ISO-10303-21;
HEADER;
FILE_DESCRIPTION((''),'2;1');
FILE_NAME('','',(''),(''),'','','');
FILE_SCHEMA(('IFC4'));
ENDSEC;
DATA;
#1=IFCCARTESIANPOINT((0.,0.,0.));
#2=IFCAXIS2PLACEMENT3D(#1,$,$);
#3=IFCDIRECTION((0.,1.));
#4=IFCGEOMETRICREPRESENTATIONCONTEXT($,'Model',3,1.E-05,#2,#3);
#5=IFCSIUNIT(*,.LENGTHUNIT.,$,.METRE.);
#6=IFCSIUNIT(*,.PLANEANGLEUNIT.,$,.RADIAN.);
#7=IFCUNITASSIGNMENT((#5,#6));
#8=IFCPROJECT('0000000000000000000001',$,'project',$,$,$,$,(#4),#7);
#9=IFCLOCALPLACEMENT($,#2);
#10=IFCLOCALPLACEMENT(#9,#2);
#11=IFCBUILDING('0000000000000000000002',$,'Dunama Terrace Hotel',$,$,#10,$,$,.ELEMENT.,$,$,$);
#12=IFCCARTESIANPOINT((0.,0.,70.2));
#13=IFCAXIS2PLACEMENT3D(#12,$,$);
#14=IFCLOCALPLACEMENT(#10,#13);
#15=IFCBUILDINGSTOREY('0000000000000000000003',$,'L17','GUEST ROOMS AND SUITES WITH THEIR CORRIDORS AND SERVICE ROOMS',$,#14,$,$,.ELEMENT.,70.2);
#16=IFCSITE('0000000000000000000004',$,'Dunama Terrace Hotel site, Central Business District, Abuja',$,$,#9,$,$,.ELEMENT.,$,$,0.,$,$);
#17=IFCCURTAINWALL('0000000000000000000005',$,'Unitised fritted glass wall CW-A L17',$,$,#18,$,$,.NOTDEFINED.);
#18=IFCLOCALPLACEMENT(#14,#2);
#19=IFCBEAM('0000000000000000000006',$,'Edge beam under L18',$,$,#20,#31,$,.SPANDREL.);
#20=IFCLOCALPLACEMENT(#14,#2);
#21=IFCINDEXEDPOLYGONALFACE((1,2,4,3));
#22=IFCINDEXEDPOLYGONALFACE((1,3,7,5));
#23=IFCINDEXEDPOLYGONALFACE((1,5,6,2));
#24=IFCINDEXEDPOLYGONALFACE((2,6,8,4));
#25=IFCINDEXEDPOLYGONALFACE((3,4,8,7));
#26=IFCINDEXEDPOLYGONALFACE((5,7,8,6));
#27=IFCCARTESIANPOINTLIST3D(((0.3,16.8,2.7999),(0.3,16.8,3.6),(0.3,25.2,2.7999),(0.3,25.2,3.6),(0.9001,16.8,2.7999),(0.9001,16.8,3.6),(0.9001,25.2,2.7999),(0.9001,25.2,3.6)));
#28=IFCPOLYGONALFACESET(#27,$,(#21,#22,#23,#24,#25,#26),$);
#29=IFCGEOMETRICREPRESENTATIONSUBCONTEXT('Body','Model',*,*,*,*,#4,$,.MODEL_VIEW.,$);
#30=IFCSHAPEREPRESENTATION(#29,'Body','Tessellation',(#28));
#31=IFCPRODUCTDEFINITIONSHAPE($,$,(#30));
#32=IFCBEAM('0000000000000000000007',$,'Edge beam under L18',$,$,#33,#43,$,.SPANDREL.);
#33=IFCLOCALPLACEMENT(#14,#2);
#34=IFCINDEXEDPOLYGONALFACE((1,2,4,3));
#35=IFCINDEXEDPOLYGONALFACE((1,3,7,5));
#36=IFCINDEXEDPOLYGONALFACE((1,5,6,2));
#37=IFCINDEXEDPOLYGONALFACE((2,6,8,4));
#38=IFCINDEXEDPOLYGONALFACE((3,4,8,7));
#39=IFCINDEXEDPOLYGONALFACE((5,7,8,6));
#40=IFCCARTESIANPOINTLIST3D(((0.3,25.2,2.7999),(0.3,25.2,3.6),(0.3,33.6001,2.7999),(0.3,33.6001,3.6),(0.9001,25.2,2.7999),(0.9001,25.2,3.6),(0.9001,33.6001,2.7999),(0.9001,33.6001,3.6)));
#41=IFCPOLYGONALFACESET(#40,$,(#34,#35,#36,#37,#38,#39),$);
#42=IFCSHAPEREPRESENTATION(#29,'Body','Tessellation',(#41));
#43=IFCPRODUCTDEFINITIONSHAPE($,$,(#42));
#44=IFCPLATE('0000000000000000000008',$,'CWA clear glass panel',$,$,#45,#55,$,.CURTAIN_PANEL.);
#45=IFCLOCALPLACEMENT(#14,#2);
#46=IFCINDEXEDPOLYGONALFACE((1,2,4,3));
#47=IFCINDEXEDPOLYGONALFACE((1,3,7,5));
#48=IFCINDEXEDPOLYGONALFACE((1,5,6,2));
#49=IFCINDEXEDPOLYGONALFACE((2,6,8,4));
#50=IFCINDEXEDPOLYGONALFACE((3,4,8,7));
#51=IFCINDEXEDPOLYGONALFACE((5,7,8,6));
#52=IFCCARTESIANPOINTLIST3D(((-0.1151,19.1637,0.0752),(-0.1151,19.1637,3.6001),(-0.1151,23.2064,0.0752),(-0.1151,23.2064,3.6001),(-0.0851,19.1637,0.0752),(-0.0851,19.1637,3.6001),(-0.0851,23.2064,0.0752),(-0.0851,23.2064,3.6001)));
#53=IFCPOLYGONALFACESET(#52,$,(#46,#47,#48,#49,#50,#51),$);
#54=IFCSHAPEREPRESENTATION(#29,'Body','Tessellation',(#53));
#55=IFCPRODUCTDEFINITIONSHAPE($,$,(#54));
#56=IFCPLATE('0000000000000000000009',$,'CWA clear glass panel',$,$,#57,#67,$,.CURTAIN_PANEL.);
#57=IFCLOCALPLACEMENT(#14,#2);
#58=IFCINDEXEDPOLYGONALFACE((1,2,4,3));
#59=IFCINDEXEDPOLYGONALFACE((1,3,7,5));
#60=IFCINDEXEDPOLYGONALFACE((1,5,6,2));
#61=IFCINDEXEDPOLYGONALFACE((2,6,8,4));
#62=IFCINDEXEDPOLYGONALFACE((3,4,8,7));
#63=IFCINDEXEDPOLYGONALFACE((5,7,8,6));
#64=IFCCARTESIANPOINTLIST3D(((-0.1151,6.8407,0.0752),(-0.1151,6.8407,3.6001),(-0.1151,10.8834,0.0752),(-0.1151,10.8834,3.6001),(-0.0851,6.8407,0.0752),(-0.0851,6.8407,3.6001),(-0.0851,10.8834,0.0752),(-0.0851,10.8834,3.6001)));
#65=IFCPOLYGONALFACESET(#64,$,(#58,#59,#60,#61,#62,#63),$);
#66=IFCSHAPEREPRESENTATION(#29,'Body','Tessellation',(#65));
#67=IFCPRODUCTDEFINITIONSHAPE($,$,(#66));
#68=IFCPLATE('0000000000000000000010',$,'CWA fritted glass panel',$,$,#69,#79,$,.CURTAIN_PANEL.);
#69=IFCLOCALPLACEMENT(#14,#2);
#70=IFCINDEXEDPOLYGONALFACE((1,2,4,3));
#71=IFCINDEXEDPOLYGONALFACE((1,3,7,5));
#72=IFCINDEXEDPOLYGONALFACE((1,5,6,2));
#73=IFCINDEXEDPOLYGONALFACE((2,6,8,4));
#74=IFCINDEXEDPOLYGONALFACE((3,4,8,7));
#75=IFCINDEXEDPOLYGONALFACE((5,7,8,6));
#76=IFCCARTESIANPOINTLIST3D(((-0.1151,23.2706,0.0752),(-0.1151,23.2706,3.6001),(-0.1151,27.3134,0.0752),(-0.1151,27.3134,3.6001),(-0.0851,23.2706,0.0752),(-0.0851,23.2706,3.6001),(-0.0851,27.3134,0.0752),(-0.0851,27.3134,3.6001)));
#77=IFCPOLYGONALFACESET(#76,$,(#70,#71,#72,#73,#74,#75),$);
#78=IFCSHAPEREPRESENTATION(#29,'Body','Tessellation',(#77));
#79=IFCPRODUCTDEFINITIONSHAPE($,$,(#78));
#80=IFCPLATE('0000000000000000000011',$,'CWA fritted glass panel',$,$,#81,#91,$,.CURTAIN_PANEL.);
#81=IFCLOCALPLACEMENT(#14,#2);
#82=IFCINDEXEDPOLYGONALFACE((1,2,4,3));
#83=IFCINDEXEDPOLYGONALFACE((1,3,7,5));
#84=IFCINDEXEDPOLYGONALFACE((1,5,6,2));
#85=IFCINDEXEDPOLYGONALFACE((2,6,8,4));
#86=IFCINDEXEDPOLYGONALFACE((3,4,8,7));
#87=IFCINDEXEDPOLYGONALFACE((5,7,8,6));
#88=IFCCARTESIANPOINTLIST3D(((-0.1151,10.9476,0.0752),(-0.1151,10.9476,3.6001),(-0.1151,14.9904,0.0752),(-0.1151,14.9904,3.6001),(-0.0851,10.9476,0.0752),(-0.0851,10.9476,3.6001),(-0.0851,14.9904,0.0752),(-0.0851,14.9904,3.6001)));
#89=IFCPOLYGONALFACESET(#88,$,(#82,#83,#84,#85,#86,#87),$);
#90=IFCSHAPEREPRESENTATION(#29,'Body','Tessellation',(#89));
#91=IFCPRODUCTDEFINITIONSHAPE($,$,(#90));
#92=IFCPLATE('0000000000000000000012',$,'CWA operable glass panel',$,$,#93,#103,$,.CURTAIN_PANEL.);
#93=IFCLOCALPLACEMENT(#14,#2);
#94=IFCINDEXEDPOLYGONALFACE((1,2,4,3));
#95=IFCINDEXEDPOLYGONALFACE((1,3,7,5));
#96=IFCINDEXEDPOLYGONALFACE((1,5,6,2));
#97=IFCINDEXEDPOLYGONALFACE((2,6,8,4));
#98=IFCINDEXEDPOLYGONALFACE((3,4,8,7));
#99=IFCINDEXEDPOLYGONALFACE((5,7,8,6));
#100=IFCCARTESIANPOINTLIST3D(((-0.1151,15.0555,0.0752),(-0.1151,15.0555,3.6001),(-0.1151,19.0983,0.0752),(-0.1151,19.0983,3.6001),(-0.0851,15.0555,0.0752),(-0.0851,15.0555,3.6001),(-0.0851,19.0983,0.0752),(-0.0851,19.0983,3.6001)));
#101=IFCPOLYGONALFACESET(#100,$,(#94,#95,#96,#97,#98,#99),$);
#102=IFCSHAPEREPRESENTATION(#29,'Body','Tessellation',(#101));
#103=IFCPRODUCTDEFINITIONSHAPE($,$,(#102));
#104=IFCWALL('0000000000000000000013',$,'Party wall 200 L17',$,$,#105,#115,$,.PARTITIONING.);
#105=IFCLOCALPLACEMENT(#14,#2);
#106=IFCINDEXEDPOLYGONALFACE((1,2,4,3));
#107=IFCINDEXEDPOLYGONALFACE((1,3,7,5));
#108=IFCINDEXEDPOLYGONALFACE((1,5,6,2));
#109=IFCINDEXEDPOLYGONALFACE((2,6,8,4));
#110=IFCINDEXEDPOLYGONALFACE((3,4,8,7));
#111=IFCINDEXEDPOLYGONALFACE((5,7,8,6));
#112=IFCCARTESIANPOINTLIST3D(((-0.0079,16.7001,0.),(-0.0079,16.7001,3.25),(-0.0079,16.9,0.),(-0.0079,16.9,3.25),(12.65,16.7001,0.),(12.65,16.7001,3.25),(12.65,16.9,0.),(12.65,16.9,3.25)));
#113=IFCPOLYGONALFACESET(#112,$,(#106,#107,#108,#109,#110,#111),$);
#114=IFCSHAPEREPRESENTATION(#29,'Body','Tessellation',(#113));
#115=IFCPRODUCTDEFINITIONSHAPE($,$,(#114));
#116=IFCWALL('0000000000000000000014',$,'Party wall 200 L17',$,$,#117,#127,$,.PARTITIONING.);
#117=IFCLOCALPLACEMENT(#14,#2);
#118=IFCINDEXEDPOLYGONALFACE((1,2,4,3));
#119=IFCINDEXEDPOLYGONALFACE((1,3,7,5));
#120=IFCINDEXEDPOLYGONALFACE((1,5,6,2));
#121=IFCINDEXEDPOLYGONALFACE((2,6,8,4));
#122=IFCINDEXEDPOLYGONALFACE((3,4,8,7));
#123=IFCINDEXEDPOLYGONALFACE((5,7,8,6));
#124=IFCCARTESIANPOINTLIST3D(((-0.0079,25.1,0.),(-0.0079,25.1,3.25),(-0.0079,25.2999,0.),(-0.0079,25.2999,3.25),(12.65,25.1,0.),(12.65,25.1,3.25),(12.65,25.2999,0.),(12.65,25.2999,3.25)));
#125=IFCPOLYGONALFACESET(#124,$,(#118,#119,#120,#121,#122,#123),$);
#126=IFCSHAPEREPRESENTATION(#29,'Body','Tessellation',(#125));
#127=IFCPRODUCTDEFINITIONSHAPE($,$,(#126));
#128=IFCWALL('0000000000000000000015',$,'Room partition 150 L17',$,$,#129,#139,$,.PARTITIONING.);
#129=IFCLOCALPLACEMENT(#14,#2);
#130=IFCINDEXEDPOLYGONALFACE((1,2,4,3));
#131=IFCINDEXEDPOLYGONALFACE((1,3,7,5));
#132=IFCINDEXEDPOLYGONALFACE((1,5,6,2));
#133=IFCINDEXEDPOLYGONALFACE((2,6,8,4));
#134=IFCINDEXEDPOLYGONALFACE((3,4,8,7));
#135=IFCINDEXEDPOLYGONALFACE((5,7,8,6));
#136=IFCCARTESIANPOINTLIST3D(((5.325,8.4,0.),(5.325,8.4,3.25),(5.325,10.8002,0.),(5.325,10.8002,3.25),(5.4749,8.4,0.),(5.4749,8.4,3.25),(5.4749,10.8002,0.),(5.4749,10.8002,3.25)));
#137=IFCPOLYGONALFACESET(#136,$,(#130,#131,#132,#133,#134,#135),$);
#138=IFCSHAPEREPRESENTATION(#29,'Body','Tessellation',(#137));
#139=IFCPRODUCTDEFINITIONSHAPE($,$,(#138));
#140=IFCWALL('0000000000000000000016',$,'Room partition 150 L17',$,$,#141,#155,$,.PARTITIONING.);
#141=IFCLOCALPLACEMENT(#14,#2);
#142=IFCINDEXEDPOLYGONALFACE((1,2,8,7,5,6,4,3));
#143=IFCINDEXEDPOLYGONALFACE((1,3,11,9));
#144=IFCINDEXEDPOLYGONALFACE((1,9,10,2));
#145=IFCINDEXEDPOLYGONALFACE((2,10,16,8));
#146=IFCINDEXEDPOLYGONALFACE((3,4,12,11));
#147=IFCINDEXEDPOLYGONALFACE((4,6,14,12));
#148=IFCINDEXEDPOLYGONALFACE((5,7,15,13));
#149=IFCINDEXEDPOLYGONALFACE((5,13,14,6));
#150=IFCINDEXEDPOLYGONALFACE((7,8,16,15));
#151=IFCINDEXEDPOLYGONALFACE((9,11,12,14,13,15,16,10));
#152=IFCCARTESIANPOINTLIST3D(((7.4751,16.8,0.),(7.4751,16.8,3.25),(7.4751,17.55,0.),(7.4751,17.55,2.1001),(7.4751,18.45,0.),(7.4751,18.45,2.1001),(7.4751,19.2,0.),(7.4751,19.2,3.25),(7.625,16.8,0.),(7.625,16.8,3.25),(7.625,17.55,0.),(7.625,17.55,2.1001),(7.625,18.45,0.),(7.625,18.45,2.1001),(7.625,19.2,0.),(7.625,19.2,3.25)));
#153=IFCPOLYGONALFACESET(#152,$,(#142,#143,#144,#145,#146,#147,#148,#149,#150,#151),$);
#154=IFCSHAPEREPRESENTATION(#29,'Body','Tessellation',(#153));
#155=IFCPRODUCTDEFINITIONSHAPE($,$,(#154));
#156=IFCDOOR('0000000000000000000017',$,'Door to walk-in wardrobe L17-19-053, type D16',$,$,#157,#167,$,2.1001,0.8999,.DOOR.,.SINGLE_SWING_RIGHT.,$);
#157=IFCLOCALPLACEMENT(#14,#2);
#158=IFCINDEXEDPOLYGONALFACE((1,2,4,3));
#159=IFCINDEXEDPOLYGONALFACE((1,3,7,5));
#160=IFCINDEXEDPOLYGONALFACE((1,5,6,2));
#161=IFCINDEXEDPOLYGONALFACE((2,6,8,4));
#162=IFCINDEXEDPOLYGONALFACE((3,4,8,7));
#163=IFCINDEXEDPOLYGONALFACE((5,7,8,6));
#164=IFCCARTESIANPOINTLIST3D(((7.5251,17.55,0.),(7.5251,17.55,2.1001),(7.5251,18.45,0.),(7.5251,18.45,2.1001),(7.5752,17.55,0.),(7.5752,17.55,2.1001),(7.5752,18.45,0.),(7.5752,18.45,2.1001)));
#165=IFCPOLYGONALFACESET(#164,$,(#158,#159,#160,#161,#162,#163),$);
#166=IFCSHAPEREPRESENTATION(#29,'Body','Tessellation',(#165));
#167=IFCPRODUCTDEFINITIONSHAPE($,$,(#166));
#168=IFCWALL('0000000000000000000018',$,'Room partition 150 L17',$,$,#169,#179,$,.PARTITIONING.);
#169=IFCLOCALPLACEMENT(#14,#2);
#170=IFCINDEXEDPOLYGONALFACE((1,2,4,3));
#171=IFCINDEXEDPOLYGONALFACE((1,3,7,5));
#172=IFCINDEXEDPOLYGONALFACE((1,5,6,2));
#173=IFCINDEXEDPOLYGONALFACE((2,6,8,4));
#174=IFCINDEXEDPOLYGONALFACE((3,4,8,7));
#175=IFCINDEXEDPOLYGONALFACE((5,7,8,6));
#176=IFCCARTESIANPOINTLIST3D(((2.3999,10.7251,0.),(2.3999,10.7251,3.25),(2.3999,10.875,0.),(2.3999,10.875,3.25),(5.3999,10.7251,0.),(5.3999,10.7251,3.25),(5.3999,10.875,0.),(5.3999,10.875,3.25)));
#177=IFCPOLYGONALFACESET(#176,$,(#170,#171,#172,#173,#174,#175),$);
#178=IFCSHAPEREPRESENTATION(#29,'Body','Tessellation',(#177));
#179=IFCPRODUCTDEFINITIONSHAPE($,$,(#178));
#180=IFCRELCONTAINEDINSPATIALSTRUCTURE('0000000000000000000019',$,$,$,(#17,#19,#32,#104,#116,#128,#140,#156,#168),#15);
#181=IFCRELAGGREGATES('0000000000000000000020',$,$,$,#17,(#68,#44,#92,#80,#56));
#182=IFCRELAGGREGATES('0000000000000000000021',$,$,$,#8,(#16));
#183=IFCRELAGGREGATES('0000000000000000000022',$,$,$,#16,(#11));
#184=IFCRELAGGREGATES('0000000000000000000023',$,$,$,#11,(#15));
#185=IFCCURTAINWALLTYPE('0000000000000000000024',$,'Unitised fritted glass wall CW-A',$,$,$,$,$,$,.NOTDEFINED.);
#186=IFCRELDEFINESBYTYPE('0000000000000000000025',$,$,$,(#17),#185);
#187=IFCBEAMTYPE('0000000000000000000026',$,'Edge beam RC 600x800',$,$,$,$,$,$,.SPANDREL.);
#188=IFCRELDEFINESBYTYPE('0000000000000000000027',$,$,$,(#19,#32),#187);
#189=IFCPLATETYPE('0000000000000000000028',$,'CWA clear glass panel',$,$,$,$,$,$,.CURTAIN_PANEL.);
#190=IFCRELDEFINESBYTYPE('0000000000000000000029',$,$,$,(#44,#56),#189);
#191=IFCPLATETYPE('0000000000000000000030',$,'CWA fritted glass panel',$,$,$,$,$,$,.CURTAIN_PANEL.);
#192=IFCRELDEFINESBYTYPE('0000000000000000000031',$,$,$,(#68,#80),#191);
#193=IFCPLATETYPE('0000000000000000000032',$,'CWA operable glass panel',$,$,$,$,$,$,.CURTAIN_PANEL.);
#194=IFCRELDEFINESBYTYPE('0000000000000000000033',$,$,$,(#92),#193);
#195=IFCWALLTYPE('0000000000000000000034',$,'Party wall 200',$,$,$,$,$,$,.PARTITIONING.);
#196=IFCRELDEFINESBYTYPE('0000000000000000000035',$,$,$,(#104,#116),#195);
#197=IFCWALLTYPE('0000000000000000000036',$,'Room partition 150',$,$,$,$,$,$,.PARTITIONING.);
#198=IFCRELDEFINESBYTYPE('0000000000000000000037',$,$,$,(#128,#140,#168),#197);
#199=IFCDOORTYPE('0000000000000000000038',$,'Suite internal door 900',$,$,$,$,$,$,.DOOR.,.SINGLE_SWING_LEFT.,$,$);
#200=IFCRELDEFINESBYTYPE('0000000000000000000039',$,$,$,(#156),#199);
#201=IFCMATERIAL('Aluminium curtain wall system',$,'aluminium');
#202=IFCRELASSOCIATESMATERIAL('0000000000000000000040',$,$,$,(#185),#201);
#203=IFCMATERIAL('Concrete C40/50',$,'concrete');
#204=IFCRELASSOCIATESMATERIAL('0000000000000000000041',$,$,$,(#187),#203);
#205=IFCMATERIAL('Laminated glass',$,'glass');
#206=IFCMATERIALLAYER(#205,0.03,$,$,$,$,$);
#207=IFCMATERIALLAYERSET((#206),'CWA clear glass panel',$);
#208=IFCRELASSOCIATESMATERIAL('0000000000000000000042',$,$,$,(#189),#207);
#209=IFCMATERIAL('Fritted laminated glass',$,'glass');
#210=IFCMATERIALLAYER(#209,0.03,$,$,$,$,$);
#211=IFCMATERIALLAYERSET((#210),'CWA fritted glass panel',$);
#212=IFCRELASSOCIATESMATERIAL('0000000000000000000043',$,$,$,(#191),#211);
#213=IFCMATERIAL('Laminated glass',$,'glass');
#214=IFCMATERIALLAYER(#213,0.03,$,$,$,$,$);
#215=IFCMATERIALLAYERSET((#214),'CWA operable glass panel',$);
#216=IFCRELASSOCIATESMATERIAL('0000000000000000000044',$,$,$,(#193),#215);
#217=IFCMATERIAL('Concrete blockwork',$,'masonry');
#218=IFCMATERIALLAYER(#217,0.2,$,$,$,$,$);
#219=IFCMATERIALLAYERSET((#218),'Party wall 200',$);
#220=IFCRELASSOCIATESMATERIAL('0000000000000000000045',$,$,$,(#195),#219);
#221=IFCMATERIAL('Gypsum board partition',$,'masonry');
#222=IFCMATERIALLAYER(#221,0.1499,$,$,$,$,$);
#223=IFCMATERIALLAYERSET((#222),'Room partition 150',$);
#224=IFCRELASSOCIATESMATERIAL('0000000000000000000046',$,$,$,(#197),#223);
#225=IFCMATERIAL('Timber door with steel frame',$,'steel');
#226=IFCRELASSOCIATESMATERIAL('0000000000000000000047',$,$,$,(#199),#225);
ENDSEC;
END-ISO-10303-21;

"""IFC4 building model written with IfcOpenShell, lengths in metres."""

from ifc_helpers import new_model, si_unit, direction, frame, frame_2d, origin, origin_2d, place, context, subcontext, project, spatial, rectangle, extrude, material, layer, layer_set, material_profile, profile_set, type_object, element, fill, aggregate, save


model = new_model("IFC4")

# Units and contexts
model_context = context("Model", 3, precision=1e-05, world=origin(), true_north=direction((0.0, 1.0)))
body_context = subcontext(model_context, "Body", "Model", "MODEL_VIEW")
ifc_project = project(units=[si_unit("LENGTHUNIT", "METRE"), si_unit("PLANEANGLEUNIT", "RADIAN")], contexts=[model_context])

# Site, building, storey
site_placement = place(None, origin())
site = spatial("IfcSite", under=ifc_project, at=site_placement, Name="Dunama Terrace Hotel site, Central Business District, Abuja", CompositionType="ELEMENT", RefElevation=0.0)
building_placement = place(site_placement, origin())
building = spatial("IfcBuilding", under=site, at=building_placement, Name="Dunama Terrace Hotel", CompositionType="ELEMENT")
storey_placement = place(building_placement, frame((0.0, 0.0, 70.2)))
storey = spatial("IfcBuildingStorey", under=building, at=storey_placement, Name="L17", Description="GUEST ROOMS AND SUITES WITH THEIR CORRIDORS AND SERVICE ROOMS", CompositionType="ELEMENT", Elevation=70.2)

# Curtain wall
ifc_material_1 = material(Name="Aluminium curtain wall system", Category="aluminium")
curtain_wall_type = type_object("IfcCurtainWallType", Name="Unitised fritted glass wall CW-A", PredefinedType="NOTDEFINED", material=ifc_material_1)
curtain_wall_placement = place(storey_placement, origin())
curtain_wall = element("IfcCurtainWall", 1, at=curtain_wall_placement, inside=storey, type_object=curtain_wall_type, Name="Unitised fritted glass wall CW-A L17", PredefinedType="NOTDEFINED")

# Beams
ifc_material_2 = material(Name="Concrete C40/50", Category="concrete")
ifc_material_profile_1 = material_profile(ifc_material_2, rectangle(XDim=0.6001, YDim=0.8, at=origin_2d()), Name="RC 600x800")
ifc_profile_set_1 = profile_set([ifc_material_profile_1], Name="Concrete C40/50")
beam_type = type_object("IfcBeamType", Name="Edge beam RC 600x800", PredefinedType="SPANDREL", material=ifc_profile_set_1)
beam_1_placement = place(storey_placement, frame((0.6001, 16.8, 3.2), z_axis=(0.0, 1.0, 0.0), x_axis=(-1.0, 0.0, 0.0)))
element("IfcBeam", 2, at=beam_1_placement, inside=storey, type_object=beam_type, Name="Edge beam under L18", PredefinedType="SPANDREL", context=body_context, shape_type="SweptSolid", body=[
    extrude(rectangle(XDim=0.6001, YDim=0.8, at=origin_2d()), origin(), (0.0, 0.0, 1.0), 8.3999),
])
beam_2_placement = place(storey_placement, frame((0.6001, 25.2, 3.2), z_axis=(0.0, 1.0, 0.0), x_axis=(-1.0, 0.0, 0.0)))
element("IfcBeam", 3, at=beam_2_placement, inside=storey, type_object=beam_type, Name="Edge beam under L18", PredefinedType="SPANDREL", context=body_context, shape_type="SweptSolid", body=[
    extrude(rectangle(XDim=0.6001, YDim=0.8, at=origin_2d()), origin(), (0.0, 0.0, 1.0), 8.4001),
])

# Plates
ifc_material_3 = material(Name="Laminated glass", Category="glass")
ifc_layer_1 = layer(ifc_material_3, 0.03)
ifc_layer_set_1 = layer_set([ifc_layer_1], Name="CWA clear glass panel")
plate_type_1 = type_object("IfcPlateType", Name="CWA clear glass panel", PredefinedType="CURTAIN_PANEL", material=ifc_layer_set_1)
plate_1_placement = place(storey_placement, frame((-0.1001, 21.1851, 0.0752), z_axis=(0.0, 0.0, 1.0), x_axis=(0.0, -1.0, 0.0)))
plate_1 = element("IfcPlate", 4, at=plate_1_placement, type_object=plate_type_1, Name="CWA clear glass panel", PredefinedType="CURTAIN_PANEL", context=body_context, shape_type="SweptSolid", body=[
    extrude(rectangle(XDim=4.0427, YDim=0.03, at=origin_2d()), origin(), (0.0, 0.0, 1.0), 3.5249),
])
plate_2_placement = place(storey_placement, frame((-0.1001, 8.8621, 0.0752), z_axis=(0.0, 0.0, 1.0), x_axis=(0.0, -1.0, 0.0)))
plate_2 = element("IfcPlate", 5, at=plate_2_placement, type_object=plate_type_1, Name="CWA clear glass panel", PredefinedType="CURTAIN_PANEL", context=body_context, shape_type="SweptSolid", body=[
    extrude(rectangle(XDim=4.0427, YDim=0.03, at=origin_2d()), origin(), (0.0, 0.0, 1.0), 3.5249),
])
ifc_material_4 = material(Name="Fritted laminated glass", Category="glass")
ifc_layer_2 = layer(ifc_material_4, 0.03)
ifc_layer_set_2 = layer_set([ifc_layer_2], Name="CWA fritted glass panel")
plate_type_2 = type_object("IfcPlateType", Name="CWA fritted glass panel", PredefinedType="CURTAIN_PANEL", material=ifc_layer_set_2)
plate_3_placement = place(storey_placement, frame((-0.1001, 25.292, 0.0752), z_axis=(0.0, 0.0, 1.0), x_axis=(0.0, -1.0, 0.0)))
plate_3 = element("IfcPlate", 6, at=plate_3_placement, type_object=plate_type_2, Name="CWA fritted glass panel", PredefinedType="CURTAIN_PANEL", context=body_context, shape_type="SweptSolid", body=[
    extrude(rectangle(XDim=4.0427, YDim=0.03, at=origin_2d()), origin(), (0.0, 0.0, 1.0), 3.5249),
])
plate_4_placement = place(storey_placement, frame((-0.1001, 12.969, 0.0752), z_axis=(0.0, 0.0, 1.0), x_axis=(0.0, -1.0, 0.0)))
plate_4 = element("IfcPlate", 7, at=plate_4_placement, type_object=plate_type_2, Name="CWA fritted glass panel", PredefinedType="CURTAIN_PANEL", context=body_context, shape_type="SweptSolid", body=[
    extrude(rectangle(XDim=4.0427, YDim=0.03, at=origin_2d()), origin(), (0.0, 0.0, 1.0), 3.5249),
])
ifc_material_5 = material(Name="Laminated glass", Category="glass")
ifc_layer_3 = layer(ifc_material_5, 0.03)
ifc_layer_set_3 = layer_set([ifc_layer_3], Name="CWA operable glass panel")
plate_type_3 = type_object("IfcPlateType", Name="CWA operable glass panel", PredefinedType="CURTAIN_PANEL", material=ifc_layer_set_3)
plate_5_placement = place(storey_placement, frame((-0.1001, 17.0769, 0.0752), z_axis=(0.0, 0.0, 1.0), x_axis=(0.0, -1.0, 0.0)))
plate_5 = element("IfcPlate", 8, at=plate_5_placement, type_object=plate_type_3, Name="CWA operable glass panel", PredefinedType="CURTAIN_PANEL", context=body_context, shape_type="SweptSolid", body=[
    extrude(rectangle(XDim=4.0427, YDim=0.03, at=origin_2d()), origin(), (0.0, 0.0, 1.0), 3.5249),
])
aggregate(curtain_wall, [plate_3, plate_1, plate_5, plate_4, plate_2])

# Walls
ifc_material_6 = material(Name="Concrete blockwork", Category="masonry")
ifc_layer_4 = layer(ifc_material_6, 0.2)
ifc_layer_set_4 = layer_set([ifc_layer_4], Name="Party wall 200")
wall_type_1 = type_object("IfcWallType", Name="Party wall 200", PredefinedType="PARTITIONING", material=ifc_layer_set_4)
for number, where, z_axis, x_axis, name in (
    (9, (-0.0081, 16.8, 0.0), (0.0, 0.0, 1.0), (1.0, 0.0, 0.0), "Party wall 200 L17"),
    (10, (-0.0081, 25.2, 0.0), (0.0, 0.0, 1.0), (1.0, 0.0, 0.0), "Party wall 200 L17"),
):
    element("IfcWall", number, at=place(storey_placement, frame(where, z_axis=z_axis, x_axis=x_axis)), inside=storey, type_object=wall_type_1, Name=name, PredefinedType="PARTITIONING", context=body_context, shape_type="SweptSolid", body=[
        extrude(rectangle(XDim=12.658, YDim=0.2, at=frame_2d((6.3291, 0.0))), origin(), (0.0, 0.0, 1.0), 3.25),
    ])
ifc_material_7 = material(Name="Gypsum board partition", Category="masonry")
ifc_layer_5 = layer(ifc_material_7, 0.1499)
ifc_layer_set_5 = layer_set([ifc_layer_5], Name="Room partition 150")
wall_type_2 = type_object("IfcWallType", Name="Room partition 150", PredefinedType="PARTITIONING", material=ifc_layer_set_5)
wall_1_placement = place(storey_placement, frame((5.3999, 8.3999, 0.0), z_axis=(0.0, 0.0, 1.0), x_axis=(0.0, 1.0, 0.0)))
element("IfcWall", 11, at=wall_1_placement, inside=storey, type_object=wall_type_2, Name="Room partition 150 L17", PredefinedType="PARTITIONING", context=body_context, shape_type="SweptSolid", body=[
    extrude(rectangle(XDim=2.4001, YDim=0.1499, at=frame_2d((1.2002, 0.0))), origin(), (0.0, 0.0, 1.0), 3.25),
])

# Wall, opening, door
wall_2_placement = place(storey_placement, frame((7.55, 16.8, 0.0), z_axis=(0.0, 0.0, 1.0), x_axis=(0.0, 1.0, 0.0)))
wall_2 = element("IfcWall", 12, at=wall_2_placement, inside=storey, type_object=wall_type_2, Name="Room partition 150 L17", PredefinedType="PARTITIONING", context=body_context, shape_type="SweptSolid", body=[
    extrude(rectangle(XDim=2.3999, YDim=0.1499, at=frame_2d((1.2, 0.0))), origin(), (0.0, 0.0, 1.0), 3.25),
])
opening_placement = place(wall_2_placement, frame((0.75, 0.0, 0.0)))
opening = element("IfcOpeningElement", 13, at=opening_placement, cuts=wall_2, PredefinedType="OPENING", context=body_context, shape_type="SweptSolid", body=[
    extrude(rectangle(XDim=0.8999, YDim=2.1001, at=frame_2d((0.45, 1.05))), frame((0.0, 0.085, 0.0), z_axis=(0.0, -1.0, 0.0), x_axis=(1.0, 0.0, 0.0)), (0.0, 0.0, 1.0), 0.1699),
])
ifc_material_8 = material(Name="Timber door with steel frame", Category="steel")
door_type = type_object("IfcDoorType", Name="Suite internal door 900", OperationType="SINGLE_SWING_LEFT", PredefinedType="DOOR", material=ifc_material_8)
door_placement = place(opening_placement, frame((0.8999, 0.0, 0.0), z_axis=(0.0, 0.0, 1.0), x_axis=(-1.0, 0.0, 0.0)))
door = element("IfcDoor", 14, at=door_placement, inside=storey, type_object=door_type, Name="Door to walk-in wardrobe L17-19-053, type D16", OperationType="SINGLE_SWING_RIGHT", OverallHeight=2.1001, OverallWidth=0.8999, PredefinedType="DOOR", context=body_context, shape_type="SweptSolid", body=[
    extrude(rectangle(XDim=0.8999, YDim=2.1001, at=frame_2d((0.45, 1.05))), frame((0.0, 0.0251, 0.0), z_axis=(0.0, -1.0, 0.0), x_axis=(1.0, 0.0, 0.0)), (0.0, 0.0, 1.0), 0.05),
])
fill(opening, door)

# Wall
wall_3_placement = place(storey_placement, frame((2.3999, 10.8, 0.0), z_axis=(0.0, 0.0, 1.0), x_axis=(1.0, 0.0, 0.0)))
element("IfcWall", 15, at=wall_3_placement, inside=storey, type_object=wall_type_2, Name="Room partition 150 L17", PredefinedType="PARTITIONING", context=body_context, shape_type="SweptSolid", body=[
    extrude(rectangle(XDim=3.0, YDim=0.1499, at=frame_2d((1.5, 0.0))), origin(), (0.0, 0.0, 1.0), 3.25),
])

save(model, "model.ifc")
